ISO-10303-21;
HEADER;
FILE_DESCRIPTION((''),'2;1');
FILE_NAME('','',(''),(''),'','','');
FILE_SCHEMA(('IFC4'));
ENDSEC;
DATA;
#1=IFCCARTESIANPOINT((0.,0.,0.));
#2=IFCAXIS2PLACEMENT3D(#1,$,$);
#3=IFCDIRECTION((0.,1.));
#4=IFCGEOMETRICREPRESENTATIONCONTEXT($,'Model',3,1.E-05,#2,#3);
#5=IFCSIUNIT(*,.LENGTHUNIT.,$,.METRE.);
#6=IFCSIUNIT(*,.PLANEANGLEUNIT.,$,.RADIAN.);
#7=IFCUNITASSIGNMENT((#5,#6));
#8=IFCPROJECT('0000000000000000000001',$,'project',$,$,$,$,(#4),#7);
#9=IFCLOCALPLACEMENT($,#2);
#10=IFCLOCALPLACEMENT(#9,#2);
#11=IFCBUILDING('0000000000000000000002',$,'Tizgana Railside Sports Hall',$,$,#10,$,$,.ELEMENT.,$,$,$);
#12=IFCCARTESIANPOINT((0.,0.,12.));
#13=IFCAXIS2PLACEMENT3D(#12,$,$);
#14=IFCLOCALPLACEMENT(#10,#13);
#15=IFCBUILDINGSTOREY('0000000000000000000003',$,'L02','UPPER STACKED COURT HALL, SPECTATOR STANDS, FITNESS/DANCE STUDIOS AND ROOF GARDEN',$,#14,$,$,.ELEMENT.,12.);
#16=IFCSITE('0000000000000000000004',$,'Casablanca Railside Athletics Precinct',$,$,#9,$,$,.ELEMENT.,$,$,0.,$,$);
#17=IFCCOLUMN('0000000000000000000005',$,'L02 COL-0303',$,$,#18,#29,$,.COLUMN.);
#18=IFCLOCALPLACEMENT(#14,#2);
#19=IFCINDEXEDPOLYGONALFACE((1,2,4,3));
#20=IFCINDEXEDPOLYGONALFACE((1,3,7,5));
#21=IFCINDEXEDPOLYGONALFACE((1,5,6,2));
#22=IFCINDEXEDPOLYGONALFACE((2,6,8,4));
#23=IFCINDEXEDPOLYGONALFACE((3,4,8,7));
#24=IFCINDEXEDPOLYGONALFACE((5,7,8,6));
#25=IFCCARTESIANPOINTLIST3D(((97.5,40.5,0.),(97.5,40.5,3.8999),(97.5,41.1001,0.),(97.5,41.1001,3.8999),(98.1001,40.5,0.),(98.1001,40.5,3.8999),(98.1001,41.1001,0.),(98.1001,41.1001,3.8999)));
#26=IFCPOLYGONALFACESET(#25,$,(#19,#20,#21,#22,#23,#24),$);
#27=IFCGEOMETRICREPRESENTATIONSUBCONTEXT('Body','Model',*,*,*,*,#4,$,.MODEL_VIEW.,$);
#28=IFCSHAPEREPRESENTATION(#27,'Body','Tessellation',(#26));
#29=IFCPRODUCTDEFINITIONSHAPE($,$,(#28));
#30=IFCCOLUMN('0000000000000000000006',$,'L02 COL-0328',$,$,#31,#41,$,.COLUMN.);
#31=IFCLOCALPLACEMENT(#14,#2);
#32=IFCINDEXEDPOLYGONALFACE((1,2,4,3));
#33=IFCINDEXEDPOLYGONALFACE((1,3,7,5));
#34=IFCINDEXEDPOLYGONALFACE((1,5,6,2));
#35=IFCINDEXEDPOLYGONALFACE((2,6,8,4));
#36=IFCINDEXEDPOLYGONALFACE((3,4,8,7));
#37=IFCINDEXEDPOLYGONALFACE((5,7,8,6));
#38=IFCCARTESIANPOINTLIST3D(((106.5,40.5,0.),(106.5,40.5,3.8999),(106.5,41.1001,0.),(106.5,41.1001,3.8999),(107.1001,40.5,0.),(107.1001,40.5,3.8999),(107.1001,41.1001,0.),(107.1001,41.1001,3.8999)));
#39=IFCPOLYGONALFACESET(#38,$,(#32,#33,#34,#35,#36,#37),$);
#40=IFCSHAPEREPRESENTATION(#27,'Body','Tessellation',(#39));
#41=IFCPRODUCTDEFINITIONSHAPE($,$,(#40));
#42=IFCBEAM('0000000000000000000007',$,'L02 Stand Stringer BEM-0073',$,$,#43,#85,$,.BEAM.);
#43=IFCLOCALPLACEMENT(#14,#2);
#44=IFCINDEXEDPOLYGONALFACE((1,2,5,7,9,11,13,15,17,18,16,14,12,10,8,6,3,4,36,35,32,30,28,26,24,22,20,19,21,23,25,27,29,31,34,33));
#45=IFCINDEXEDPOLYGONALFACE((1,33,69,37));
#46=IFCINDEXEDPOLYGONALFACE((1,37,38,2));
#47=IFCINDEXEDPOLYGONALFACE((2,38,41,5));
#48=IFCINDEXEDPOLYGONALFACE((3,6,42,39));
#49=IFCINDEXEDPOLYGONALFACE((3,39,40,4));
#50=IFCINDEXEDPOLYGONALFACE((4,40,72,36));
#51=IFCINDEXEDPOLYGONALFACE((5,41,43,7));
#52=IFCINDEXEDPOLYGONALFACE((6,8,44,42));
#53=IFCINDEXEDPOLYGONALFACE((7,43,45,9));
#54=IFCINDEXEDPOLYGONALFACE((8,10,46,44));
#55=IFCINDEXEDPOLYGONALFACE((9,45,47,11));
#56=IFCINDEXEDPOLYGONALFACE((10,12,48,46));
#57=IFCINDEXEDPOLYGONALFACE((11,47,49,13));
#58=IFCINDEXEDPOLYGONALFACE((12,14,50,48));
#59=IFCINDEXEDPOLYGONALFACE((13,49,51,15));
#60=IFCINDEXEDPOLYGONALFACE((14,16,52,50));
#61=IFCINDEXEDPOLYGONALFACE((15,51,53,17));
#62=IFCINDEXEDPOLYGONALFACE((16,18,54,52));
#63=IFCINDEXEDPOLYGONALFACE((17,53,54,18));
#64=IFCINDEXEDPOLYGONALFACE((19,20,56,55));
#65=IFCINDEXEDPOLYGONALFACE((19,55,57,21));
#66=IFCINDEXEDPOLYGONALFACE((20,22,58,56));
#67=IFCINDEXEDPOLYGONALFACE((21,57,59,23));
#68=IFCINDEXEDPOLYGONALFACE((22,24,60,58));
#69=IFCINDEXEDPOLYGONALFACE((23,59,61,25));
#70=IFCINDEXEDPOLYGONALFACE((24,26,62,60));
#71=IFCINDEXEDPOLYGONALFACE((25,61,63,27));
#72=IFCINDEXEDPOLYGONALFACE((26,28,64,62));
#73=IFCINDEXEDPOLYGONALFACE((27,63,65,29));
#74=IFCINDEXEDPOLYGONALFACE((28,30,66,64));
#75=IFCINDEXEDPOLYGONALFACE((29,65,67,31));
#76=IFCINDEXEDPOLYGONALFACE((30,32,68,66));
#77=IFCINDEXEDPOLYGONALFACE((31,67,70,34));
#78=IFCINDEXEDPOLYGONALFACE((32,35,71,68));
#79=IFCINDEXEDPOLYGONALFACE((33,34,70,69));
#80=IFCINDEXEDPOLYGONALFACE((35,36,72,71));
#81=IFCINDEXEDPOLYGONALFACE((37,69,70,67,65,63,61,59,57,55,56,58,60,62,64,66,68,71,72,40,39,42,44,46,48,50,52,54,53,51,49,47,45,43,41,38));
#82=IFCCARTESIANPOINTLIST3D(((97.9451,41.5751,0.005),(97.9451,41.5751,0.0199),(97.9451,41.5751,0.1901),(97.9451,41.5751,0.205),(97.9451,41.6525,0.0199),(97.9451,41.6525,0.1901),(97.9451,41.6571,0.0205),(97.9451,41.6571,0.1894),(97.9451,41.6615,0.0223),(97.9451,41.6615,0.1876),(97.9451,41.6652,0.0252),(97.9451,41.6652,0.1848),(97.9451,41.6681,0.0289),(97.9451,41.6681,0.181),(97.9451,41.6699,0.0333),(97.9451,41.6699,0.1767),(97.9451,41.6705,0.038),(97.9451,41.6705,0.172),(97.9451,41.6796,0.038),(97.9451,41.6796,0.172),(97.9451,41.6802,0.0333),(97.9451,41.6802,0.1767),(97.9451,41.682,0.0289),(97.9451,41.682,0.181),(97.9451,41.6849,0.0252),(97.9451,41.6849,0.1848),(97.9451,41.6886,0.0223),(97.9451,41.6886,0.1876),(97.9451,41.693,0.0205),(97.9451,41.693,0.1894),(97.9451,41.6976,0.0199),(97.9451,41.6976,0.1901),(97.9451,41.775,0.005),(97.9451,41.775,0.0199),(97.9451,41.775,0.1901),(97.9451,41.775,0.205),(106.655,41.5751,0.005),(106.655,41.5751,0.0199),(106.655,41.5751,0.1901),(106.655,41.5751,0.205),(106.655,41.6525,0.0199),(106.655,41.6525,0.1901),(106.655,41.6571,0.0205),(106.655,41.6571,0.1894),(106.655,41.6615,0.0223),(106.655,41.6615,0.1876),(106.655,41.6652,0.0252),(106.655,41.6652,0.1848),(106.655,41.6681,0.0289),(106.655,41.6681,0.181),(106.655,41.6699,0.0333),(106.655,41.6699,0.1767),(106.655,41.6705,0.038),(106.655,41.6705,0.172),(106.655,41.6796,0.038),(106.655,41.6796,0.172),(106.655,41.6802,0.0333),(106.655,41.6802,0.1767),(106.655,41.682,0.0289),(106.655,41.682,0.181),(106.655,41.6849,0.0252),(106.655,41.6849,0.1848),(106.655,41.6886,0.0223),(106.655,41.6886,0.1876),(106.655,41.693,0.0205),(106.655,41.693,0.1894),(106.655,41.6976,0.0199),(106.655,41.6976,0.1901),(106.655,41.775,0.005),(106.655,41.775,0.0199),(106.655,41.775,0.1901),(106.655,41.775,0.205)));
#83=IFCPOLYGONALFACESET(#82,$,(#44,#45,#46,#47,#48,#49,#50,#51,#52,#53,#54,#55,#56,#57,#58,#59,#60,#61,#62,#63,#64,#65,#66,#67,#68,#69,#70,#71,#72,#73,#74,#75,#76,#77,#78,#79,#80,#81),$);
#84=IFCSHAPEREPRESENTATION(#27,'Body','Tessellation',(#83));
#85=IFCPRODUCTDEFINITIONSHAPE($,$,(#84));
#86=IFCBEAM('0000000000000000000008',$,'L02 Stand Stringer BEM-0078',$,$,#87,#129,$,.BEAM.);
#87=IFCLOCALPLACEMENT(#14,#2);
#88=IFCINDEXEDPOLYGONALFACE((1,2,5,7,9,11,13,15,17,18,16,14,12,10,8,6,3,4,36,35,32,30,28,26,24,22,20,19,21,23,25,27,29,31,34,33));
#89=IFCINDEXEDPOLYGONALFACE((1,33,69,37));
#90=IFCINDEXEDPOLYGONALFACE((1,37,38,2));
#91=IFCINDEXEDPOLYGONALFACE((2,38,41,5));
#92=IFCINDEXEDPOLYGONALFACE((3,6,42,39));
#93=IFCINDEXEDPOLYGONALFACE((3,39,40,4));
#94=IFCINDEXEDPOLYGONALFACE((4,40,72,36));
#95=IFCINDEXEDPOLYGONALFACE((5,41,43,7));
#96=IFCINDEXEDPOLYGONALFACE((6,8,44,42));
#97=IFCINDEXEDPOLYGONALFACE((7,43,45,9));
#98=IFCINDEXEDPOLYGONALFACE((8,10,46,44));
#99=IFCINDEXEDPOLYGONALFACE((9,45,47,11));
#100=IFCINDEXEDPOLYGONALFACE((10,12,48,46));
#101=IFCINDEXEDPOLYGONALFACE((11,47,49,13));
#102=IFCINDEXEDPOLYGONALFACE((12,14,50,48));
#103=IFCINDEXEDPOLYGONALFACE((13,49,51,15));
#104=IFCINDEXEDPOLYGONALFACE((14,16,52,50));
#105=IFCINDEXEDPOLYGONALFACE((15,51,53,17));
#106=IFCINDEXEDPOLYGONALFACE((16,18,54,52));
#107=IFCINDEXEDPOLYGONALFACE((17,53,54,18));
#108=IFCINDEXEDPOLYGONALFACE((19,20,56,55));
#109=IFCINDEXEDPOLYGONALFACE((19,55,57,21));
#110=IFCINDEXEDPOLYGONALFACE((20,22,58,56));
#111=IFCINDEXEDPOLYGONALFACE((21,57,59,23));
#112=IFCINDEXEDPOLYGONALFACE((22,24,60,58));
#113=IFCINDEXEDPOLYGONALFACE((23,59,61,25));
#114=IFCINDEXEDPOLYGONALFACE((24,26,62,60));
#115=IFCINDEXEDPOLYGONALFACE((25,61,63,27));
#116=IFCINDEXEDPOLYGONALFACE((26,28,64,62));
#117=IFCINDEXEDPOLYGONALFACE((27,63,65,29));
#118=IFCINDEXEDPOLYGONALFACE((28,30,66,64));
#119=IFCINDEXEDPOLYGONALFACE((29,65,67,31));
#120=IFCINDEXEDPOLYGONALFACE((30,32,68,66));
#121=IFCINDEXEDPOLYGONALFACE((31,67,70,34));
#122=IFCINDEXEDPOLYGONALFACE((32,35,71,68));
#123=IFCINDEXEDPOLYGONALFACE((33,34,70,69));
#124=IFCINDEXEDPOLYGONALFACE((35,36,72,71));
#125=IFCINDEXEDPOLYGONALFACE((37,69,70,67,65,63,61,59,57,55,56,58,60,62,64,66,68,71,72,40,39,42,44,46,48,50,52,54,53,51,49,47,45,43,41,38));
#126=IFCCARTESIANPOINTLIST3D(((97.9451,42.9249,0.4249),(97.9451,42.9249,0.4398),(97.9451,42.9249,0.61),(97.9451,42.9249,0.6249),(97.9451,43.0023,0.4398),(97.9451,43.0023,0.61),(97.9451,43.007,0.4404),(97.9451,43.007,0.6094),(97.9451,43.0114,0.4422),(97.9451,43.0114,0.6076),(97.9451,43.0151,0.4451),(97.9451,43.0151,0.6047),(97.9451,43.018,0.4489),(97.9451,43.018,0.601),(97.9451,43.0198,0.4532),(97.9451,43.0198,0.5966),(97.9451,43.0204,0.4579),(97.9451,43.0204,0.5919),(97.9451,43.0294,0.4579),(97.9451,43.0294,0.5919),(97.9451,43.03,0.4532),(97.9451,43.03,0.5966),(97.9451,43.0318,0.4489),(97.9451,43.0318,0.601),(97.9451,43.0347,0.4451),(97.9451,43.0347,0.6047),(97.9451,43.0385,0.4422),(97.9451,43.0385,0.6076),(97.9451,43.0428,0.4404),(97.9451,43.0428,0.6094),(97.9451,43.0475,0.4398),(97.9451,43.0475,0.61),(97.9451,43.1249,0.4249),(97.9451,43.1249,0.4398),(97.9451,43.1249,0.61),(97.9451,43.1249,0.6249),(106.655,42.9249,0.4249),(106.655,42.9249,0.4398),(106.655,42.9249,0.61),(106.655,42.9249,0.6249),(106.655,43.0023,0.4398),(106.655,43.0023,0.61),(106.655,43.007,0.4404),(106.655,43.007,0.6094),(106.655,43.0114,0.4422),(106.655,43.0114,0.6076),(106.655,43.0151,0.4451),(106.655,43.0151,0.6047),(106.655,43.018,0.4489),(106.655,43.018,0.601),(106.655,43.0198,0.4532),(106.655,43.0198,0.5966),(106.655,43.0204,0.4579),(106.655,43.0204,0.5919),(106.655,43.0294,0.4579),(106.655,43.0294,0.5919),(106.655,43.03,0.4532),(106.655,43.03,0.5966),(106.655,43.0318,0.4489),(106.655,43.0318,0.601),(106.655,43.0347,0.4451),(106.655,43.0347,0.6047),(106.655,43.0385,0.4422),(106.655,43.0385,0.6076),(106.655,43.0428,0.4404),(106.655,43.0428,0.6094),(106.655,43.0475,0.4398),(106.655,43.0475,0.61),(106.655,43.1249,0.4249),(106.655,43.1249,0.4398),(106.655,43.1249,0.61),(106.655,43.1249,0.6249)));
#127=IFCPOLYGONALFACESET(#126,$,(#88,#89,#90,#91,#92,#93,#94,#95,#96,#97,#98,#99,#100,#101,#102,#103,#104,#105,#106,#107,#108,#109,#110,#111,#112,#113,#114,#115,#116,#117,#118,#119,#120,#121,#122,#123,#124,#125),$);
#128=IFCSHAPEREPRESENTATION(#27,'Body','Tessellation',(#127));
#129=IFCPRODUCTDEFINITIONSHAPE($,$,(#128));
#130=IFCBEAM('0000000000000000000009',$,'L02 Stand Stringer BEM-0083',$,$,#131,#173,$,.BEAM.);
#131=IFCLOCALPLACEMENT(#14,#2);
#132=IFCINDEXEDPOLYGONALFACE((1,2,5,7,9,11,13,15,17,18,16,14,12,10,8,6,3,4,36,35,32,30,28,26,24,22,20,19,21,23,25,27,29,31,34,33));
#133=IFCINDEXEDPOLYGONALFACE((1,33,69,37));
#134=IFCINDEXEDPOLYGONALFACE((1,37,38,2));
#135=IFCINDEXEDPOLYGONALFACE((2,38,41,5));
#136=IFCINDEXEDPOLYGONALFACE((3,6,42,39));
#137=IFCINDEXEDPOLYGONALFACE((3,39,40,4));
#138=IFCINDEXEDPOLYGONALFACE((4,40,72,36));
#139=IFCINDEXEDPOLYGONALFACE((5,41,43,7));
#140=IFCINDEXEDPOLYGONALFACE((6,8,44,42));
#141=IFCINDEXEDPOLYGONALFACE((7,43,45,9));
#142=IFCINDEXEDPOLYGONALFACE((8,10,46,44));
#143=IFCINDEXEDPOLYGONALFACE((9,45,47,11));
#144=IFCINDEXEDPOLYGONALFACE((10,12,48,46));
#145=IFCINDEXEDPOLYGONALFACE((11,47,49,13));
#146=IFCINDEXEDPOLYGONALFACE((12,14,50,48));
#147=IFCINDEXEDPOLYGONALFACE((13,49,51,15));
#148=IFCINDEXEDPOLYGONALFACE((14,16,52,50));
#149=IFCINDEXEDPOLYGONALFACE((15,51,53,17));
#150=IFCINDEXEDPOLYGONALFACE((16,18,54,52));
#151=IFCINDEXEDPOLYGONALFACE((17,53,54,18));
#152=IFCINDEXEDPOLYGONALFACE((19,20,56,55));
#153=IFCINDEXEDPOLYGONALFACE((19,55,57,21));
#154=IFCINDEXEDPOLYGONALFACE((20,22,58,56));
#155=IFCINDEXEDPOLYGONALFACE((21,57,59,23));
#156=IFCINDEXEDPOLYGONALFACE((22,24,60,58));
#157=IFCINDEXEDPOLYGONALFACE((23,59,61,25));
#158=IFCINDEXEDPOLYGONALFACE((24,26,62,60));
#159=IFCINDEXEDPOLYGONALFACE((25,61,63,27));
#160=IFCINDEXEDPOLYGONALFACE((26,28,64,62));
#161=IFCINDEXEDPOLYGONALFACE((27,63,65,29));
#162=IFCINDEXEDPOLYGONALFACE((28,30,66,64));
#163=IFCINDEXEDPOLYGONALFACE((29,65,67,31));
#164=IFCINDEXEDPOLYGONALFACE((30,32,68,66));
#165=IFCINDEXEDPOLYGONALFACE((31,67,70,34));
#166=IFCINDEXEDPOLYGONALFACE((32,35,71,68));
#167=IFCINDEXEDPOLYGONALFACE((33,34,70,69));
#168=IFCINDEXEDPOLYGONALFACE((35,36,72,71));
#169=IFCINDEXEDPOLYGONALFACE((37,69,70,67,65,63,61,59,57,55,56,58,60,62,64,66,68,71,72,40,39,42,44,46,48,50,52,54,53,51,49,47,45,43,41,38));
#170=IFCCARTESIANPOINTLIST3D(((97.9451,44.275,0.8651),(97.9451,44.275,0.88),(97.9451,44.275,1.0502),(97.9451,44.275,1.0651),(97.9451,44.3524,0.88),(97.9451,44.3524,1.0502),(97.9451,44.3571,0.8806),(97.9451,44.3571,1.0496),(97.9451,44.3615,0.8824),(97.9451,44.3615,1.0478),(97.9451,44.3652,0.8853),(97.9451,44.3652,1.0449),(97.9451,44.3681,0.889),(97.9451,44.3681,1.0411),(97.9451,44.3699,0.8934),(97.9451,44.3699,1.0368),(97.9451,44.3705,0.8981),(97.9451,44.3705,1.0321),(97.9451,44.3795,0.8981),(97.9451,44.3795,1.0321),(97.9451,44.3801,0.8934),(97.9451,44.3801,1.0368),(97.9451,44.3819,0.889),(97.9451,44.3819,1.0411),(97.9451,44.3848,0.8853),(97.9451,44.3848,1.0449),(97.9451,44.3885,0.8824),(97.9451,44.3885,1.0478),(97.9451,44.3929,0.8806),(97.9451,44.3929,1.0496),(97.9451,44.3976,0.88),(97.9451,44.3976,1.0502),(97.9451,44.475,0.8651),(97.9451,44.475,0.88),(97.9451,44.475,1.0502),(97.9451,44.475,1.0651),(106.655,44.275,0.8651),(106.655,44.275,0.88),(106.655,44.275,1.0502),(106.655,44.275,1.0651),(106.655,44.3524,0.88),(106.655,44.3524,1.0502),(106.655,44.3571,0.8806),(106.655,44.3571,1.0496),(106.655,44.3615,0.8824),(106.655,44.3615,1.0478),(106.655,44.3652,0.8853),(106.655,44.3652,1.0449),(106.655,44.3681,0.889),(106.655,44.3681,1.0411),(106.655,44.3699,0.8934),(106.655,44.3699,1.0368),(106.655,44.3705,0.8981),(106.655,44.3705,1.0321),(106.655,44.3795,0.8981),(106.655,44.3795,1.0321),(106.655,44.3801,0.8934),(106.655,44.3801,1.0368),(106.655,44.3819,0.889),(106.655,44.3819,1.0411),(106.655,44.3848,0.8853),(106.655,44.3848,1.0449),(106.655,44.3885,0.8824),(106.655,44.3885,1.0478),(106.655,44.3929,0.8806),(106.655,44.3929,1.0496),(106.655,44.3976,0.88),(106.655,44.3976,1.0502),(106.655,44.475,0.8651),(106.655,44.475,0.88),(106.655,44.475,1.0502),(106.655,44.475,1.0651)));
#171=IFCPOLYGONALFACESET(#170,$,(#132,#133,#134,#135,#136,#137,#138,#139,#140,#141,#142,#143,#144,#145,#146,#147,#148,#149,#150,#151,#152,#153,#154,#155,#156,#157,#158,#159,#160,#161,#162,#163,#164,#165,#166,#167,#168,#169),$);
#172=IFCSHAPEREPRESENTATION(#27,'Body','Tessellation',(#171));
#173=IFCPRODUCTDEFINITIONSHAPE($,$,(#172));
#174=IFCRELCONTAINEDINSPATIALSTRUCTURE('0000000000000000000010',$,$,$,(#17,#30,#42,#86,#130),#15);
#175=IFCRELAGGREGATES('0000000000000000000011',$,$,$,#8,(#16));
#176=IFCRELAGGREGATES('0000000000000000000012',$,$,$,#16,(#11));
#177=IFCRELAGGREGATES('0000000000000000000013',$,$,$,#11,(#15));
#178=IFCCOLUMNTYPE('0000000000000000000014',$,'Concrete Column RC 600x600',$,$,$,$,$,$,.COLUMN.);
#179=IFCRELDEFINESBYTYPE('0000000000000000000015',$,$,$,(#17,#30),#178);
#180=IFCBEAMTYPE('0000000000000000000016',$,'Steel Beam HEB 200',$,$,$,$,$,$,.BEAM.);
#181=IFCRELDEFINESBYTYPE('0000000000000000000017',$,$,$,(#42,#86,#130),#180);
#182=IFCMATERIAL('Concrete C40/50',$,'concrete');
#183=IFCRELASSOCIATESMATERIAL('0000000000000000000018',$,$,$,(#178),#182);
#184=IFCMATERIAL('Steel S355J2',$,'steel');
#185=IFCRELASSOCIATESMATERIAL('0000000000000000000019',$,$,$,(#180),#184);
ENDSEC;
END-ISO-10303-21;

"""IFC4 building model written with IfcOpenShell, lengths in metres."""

from ifc_helpers import new_model, si_unit, direction, frame, origin, origin_2d, place, context, subcontext, project, spatial, rectangle, i_section, extrude, material, material_profile, profile_set, type_object, element, save


model = new_model("IFC4")

# Units and contexts
model_context = context("Model", 3, precision=1e-05, world=origin(), true_north=direction((0.0, 1.0)))
body_context = subcontext(model_context, "Body", "Model", "MODEL_VIEW")
ifc_project = project(units=[si_unit("LENGTHUNIT", "METRE"), si_unit("PLANEANGLEUNIT", "RADIAN")], contexts=[model_context])

# Site, building, storey
site_placement = place(None, origin())
site = spatial("IfcSite", under=ifc_project, at=site_placement, Name="Casablanca Railside Athletics Precinct", CompositionType="ELEMENT", RefElevation=0.0)
building_placement = place(site_placement, origin())
building = spatial("IfcBuilding", under=site, at=building_placement, Name="Tizgana Railside Sports Hall", CompositionType="ELEMENT")
storey_placement = place(building_placement, frame((0.0, 0.0, 12.0)))
storey = spatial("IfcBuildingStorey", under=building, at=storey_placement, Name="L02", Description="UPPER STACKED COURT HALL, SPECTATOR STANDS, FITNESS/DANCE STUDIOS AND ROOF GARDEN", CompositionType="ELEMENT", Elevation=12.0)

# Columns
ifc_material_1 = material(Name="Concrete C40/50", Category="concrete")
ifc_material_profile_1 = material_profile(ifc_material_1, rectangle(XDim=0.6001, YDim=0.6001, at=origin_2d()), Name="RC 600x600")
ifc_profile_set_1 = profile_set([ifc_material_profile_1], Name="Concrete C40/50")
column_type = type_object("IfcColumnType", Name="Concrete Column RC 600x600", PredefinedType="COLUMN", material=ifc_profile_set_1)
for number, where, z_axis, x_axis, name in (
    (1, (97.8, 40.8, 0.0), (0.0, 0.0, 1.0), (1.0, 0.0, 0.0), "L02 COL-0303"),
    (2, (106.8, 40.8, 0.0), (0.0, 0.0, 1.0), (1.0, 0.0, 0.0), "L02 COL-0328"),
):
    element("IfcColumn", number, at=place(storey_placement, frame(where, z_axis=z_axis, x_axis=x_axis)), inside=storey, type_object=column_type, Name=name, PredefinedType="COLUMN", context=body_context, shape_type="SweptSolid", body=[
        extrude(rectangle(XDim=0.6001, YDim=0.6001, at=origin_2d()), origin(), (0.0, 0.0, 1.0), 3.8999),
    ])

# Beams
ifc_material_2 = material(Name="Steel S355J2", Category="steel")
ifc_material_profile_2 = material_profile(ifc_material_2, i_section(OverallWidth=0.2, OverallDepth=0.2, WebThickness=0.009, FlangeThickness=0.0149, FilletRadius=0.0181, at=origin_2d()), Name="HEB 200")
ifc_profile_set_2 = profile_set([ifc_material_profile_2], Name="Steel S355J2")
beam_type_1 = type_object("IfcBeamType", Name="Steel Beam HEB 200", PredefinedType="BEAM", material=ifc_profile_set_2)
for number, where, z_axis, x_axis, name in (
    (3, (97.9451, 41.675, 0.105), (1.0, 0.0, 0.0), (0.0, 1.0, 0.0), "L02 Stand Stringer BEM-0073"),
    (4, (97.9451, 43.0249, 0.5249), (1.0, 0.0, 0.0), (0.0, 1.0, 0.0), "L02 Stand Stringer BEM-0078"),
    (5, (97.9451, 44.375, 0.9651), (1.0, 0.0, 0.0), (0.0, 1.0, 0.0), "L02 Stand Stringer BEM-0083"),
):
    element("IfcBeam", number, at=place(storey_placement, frame(where, z_axis=z_axis, x_axis=x_axis)), inside=storey, type_object=beam_type_1, Name=name, PredefinedType="BEAM", context=body_context, shape_type="SweptSolid", body=[
        extrude(i_section(OverallWidth=0.2, OverallDepth=0.2, WebThickness=0.009, FlangeThickness=0.0149, FilletRadius=0.0181, at=origin_2d()), origin(), (0.0, 0.0, 1.0), 8.71),
    ])

save(model, "model.ifc")
